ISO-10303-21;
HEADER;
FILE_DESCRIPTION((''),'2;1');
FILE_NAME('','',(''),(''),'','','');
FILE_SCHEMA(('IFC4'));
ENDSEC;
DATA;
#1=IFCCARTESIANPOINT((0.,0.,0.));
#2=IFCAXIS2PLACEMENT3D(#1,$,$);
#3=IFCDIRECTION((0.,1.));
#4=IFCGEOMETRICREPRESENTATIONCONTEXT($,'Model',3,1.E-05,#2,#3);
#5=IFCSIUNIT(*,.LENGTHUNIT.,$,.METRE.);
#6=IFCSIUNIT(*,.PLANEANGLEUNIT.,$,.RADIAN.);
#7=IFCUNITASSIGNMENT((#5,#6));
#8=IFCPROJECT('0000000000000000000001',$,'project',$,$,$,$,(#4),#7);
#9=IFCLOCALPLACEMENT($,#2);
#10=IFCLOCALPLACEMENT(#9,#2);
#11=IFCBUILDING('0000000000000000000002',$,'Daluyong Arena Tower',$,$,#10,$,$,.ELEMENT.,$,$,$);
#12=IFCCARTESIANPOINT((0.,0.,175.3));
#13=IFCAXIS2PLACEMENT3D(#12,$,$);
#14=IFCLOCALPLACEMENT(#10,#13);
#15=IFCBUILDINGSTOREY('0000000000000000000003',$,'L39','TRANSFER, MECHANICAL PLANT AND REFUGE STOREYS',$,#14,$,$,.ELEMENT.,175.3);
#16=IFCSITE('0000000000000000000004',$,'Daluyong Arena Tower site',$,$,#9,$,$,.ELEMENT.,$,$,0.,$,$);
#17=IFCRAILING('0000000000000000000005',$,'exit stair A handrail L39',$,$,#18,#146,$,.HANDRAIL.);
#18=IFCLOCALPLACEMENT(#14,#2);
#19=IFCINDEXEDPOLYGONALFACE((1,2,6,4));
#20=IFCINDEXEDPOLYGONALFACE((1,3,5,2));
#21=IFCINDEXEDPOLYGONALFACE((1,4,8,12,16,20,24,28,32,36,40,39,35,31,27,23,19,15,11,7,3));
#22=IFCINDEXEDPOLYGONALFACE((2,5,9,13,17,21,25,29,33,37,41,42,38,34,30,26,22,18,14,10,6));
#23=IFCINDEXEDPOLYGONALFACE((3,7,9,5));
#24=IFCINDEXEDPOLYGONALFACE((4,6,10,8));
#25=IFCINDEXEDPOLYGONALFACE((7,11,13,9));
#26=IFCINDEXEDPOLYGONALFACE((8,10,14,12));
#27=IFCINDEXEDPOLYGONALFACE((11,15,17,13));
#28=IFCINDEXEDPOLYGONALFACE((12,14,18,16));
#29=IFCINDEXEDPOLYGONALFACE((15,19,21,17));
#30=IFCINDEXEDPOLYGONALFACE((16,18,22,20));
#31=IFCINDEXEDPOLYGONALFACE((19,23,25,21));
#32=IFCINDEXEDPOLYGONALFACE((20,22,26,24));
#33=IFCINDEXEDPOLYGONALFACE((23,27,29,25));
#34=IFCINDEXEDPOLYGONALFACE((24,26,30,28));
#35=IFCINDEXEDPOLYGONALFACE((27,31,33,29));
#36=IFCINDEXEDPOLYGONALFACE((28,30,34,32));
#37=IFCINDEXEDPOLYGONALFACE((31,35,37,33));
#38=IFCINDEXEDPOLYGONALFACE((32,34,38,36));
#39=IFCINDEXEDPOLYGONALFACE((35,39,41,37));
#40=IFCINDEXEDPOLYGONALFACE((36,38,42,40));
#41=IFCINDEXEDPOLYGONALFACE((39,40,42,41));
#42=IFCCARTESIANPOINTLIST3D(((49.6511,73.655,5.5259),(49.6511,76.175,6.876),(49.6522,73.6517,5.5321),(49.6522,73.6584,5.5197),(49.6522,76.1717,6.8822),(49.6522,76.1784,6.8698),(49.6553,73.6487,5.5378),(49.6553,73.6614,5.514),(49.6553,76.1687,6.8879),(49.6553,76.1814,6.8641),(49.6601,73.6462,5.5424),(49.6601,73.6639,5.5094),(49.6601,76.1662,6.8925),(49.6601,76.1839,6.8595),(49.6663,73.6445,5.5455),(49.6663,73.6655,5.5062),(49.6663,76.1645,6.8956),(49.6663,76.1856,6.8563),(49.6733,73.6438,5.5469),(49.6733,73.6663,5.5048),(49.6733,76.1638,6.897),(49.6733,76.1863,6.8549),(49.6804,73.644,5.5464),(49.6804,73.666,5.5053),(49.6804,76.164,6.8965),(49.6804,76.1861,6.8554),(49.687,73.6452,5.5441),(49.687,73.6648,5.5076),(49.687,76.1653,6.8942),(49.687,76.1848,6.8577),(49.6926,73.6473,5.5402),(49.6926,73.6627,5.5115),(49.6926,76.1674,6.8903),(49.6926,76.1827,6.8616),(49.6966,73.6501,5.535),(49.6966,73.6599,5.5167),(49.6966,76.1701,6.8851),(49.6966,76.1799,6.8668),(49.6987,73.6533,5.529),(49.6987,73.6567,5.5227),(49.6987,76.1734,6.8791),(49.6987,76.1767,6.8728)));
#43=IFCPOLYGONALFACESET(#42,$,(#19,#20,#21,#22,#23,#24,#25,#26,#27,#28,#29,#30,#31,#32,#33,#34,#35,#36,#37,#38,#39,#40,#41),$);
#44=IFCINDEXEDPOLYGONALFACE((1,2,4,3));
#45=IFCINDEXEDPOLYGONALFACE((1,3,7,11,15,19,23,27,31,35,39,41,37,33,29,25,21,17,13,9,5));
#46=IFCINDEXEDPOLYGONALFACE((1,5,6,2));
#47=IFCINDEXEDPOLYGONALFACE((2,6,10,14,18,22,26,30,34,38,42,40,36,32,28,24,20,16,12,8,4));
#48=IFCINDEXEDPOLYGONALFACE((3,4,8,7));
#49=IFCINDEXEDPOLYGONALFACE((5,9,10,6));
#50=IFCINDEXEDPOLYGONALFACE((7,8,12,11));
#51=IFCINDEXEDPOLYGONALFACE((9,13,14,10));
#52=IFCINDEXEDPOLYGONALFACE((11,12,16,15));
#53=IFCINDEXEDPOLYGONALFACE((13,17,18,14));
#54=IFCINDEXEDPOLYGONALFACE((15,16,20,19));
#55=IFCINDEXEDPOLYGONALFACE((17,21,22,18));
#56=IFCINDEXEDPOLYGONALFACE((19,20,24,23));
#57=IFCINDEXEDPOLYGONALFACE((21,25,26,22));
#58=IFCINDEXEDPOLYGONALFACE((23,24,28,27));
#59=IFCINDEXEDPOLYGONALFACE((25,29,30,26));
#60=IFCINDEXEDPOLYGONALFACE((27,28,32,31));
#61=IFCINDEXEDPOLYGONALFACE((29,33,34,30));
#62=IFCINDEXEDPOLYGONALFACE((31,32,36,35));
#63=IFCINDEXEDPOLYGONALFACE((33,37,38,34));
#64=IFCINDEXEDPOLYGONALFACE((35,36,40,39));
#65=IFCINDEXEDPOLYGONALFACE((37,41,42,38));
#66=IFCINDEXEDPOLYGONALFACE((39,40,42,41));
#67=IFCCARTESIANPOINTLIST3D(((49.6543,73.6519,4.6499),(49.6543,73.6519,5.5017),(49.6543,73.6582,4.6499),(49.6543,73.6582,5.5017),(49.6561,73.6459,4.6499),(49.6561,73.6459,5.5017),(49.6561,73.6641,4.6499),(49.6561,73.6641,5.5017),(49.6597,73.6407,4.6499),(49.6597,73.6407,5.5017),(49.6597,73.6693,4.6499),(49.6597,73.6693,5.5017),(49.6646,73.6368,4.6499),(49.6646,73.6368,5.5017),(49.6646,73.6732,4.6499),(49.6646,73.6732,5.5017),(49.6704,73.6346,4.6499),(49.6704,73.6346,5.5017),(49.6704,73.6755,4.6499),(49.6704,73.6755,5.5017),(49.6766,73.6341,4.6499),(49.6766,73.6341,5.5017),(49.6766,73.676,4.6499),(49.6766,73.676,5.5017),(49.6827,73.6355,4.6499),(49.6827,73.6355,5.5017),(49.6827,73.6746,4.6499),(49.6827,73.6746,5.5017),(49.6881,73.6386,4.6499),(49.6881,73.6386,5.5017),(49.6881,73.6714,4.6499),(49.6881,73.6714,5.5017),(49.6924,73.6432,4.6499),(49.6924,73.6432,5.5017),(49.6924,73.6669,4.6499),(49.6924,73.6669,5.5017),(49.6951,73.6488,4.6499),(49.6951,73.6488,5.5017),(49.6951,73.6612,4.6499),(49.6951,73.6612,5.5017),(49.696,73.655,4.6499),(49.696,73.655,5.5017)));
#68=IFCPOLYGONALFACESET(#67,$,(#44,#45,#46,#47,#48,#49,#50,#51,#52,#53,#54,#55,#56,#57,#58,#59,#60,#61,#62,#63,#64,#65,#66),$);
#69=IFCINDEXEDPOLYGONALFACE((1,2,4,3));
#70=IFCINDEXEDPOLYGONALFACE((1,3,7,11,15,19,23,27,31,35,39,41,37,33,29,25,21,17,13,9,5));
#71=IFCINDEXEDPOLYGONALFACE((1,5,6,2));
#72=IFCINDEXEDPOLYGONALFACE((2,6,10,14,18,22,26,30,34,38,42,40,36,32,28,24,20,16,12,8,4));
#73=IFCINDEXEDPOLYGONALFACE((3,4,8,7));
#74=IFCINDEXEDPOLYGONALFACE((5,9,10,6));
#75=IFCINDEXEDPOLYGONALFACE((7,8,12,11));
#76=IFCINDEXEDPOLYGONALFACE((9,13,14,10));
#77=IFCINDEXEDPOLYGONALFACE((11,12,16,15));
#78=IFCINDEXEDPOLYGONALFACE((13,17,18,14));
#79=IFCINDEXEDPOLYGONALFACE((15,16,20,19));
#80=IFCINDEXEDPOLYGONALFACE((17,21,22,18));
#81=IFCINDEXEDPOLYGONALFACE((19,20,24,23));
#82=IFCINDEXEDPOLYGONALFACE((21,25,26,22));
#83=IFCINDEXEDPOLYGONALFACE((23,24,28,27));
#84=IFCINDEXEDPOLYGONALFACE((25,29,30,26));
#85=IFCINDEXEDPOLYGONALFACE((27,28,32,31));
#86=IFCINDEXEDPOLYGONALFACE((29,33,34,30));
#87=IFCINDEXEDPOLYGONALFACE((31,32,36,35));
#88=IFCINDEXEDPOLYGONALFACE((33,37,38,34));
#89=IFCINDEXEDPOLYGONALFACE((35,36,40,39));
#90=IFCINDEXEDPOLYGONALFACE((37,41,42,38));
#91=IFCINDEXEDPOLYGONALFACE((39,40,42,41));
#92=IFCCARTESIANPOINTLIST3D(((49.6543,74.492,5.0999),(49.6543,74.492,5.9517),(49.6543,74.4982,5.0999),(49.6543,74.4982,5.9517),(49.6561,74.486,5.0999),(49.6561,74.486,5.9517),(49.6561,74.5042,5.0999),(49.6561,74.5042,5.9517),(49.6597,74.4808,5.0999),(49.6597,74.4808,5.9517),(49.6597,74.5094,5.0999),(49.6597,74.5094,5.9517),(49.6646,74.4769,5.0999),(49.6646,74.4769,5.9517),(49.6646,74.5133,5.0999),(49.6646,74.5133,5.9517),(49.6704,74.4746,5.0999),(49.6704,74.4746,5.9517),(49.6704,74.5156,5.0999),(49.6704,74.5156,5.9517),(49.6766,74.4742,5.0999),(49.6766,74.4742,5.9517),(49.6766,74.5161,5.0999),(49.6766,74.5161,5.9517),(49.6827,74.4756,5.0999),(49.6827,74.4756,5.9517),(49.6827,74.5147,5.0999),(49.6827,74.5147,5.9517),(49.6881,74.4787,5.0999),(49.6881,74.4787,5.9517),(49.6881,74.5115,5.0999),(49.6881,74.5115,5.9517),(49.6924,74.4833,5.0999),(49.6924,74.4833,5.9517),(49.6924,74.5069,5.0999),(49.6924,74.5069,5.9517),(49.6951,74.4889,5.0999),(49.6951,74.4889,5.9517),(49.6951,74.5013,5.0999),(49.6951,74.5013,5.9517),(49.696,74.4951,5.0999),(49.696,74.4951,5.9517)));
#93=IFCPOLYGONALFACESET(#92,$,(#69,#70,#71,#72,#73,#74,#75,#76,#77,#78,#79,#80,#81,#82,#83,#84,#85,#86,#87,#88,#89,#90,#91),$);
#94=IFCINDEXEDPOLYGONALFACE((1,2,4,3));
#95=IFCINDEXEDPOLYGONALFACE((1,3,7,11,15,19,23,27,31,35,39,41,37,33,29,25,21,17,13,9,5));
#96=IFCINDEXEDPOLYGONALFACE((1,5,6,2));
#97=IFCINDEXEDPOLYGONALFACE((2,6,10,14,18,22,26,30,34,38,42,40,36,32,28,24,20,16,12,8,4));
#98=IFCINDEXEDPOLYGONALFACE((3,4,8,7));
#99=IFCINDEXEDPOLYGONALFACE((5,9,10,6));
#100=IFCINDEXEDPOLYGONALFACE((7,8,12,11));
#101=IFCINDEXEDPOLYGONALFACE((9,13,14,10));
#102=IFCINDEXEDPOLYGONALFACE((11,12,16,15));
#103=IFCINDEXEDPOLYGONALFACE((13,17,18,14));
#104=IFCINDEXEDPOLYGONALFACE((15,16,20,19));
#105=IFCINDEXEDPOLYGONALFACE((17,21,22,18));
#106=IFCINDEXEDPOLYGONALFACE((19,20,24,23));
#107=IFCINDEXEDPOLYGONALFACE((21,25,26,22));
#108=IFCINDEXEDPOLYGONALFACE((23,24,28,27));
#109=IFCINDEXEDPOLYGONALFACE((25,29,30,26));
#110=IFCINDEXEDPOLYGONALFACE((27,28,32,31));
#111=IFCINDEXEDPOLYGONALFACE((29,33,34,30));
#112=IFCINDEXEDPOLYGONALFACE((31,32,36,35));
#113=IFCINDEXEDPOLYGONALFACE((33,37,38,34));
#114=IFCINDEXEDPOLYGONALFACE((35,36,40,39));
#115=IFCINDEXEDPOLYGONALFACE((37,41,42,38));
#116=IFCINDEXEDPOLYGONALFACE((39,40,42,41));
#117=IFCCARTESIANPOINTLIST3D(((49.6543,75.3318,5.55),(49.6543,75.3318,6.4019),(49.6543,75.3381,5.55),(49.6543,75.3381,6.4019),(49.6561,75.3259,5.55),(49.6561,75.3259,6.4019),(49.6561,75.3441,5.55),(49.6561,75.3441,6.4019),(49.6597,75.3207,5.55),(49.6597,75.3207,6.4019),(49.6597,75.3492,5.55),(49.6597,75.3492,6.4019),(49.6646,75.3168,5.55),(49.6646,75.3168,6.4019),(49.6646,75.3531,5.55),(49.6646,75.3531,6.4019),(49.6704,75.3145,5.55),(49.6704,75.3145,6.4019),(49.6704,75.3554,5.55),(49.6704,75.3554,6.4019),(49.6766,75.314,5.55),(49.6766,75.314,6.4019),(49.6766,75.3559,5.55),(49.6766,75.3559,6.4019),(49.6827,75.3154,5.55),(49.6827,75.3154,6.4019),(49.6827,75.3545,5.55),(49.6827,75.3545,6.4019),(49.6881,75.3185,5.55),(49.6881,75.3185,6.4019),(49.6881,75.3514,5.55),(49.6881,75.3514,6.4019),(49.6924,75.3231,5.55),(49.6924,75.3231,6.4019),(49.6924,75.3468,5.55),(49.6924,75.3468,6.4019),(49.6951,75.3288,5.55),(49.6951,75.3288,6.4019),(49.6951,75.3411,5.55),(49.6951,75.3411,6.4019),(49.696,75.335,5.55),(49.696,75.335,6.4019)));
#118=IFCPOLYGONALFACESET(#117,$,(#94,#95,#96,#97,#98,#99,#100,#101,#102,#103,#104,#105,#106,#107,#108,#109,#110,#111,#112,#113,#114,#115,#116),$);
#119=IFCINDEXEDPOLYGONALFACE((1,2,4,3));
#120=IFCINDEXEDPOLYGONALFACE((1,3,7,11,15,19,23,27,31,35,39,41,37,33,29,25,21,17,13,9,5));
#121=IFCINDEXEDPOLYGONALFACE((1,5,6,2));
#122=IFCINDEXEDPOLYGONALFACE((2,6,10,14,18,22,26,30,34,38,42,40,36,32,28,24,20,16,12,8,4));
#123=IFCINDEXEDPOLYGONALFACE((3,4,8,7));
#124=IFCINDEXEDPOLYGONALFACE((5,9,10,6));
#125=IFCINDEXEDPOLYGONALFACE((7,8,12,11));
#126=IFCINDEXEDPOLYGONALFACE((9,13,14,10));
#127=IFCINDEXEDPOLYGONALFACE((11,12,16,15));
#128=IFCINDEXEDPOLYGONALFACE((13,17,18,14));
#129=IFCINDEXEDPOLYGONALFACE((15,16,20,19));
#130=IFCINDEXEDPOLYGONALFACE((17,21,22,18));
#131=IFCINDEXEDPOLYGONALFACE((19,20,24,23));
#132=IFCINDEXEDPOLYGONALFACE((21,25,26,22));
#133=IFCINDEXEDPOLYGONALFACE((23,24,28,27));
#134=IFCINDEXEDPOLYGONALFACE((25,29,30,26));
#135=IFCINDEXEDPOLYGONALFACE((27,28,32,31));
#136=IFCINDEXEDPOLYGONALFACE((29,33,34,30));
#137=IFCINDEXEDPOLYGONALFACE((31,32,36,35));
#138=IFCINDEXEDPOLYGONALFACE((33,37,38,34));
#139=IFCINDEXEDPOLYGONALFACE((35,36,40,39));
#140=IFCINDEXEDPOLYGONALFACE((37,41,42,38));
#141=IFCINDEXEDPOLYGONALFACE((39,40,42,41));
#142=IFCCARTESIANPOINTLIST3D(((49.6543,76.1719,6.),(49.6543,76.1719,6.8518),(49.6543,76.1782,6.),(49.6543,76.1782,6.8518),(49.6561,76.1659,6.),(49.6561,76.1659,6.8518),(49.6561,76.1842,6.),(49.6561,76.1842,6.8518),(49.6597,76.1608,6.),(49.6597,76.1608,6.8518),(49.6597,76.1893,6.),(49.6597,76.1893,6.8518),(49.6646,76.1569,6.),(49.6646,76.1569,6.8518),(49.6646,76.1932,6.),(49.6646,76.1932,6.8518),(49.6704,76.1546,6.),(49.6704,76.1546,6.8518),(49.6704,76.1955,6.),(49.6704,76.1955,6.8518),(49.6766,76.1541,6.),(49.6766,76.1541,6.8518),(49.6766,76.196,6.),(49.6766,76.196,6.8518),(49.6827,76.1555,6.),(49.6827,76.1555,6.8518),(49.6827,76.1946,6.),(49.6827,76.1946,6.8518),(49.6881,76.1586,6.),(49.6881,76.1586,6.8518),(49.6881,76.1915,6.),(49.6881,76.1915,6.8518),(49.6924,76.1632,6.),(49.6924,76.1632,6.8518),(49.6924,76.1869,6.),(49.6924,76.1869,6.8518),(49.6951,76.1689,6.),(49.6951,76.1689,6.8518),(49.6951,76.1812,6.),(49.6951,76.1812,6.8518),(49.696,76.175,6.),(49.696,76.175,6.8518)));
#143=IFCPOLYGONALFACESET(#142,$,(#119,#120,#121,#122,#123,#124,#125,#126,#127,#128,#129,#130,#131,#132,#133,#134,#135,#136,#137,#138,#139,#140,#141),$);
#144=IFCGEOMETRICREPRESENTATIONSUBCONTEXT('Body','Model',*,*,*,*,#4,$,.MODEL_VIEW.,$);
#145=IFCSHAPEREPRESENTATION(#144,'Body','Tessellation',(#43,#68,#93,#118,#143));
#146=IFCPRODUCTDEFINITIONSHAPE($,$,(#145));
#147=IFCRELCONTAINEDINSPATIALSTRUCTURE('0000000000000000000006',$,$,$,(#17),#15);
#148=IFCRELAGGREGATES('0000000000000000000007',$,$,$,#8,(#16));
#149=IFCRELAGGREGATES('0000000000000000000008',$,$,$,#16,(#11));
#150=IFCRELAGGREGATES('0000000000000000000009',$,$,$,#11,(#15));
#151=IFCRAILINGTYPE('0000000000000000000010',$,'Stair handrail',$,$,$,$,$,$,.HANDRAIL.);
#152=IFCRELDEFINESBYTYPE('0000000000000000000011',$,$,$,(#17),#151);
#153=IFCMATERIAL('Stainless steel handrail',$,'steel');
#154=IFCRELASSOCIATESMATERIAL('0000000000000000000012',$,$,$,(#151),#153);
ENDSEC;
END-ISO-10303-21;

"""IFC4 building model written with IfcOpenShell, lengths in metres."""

from ifc_helpers import new_model, si_unit, direction, frame, origin, origin_2d, place, context, subcontext, project, spatial, circle, extrude, material, type_object, element, save


model = new_model("IFC4")

# Units and contexts
model_context = context("Model", 3, precision=1e-05, world=origin(), true_north=direction((0.0, 1.0)))
body_context = subcontext(model_context, "Body", "Model", "MODEL_VIEW")
ifc_project = project(units=[si_unit("LENGTHUNIT", "METRE"), si_unit("PLANEANGLEUNIT", "RADIAN")], contexts=[model_context])

# Site, building, storey
site_placement = place(None, origin())
site = spatial("IfcSite", under=ifc_project, at=site_placement, Name="Daluyong Arena Tower site", CompositionType="ELEMENT", RefElevation=0.0)
building_placement = place(site_placement, origin())
building = spatial("IfcBuilding", under=site, at=building_placement, Name="Daluyong Arena Tower", CompositionType="ELEMENT")
storey_placement = place(building_placement, frame((0.0, 0.0, 175.3)))
storey = spatial("IfcBuildingStorey", under=building, at=storey_placement, Name="L39", Description="TRANSFER, MECHANICAL PLANT AND REFUGE STOREYS", CompositionType="ELEMENT", Elevation=175.3)

# Railing
ifc_material_1 = material(Name="Stainless steel handrail", Category="steel")
railing_type_1 = type_object("IfcRailingType", Name="Stair handrail", PredefinedType="HANDRAIL", material=ifc_material_1)
railing_1_placement = place(storey_placement, frame((49.675, 73.655, 4.6499)))
element("IfcRailing", 1, at=railing_1_placement, inside=storey, type_object=railing_type_1, Name="exit stair A handrail L39", PredefinedType="HANDRAIL", context=body_context, shape_type="SweptSolid", body=[
    extrude(circle(Radius=0.0239, at=origin_2d()), frame((0.0, 0.0, 0.876), z_axis=(0.0, 0.881467, 0.472245), x_axis=(-1.0, 0.0, 0.0)), (0.0, 0.0, 1.0), 2.8589),
    extrude(circle(Radius=0.021, at=origin_2d()), origin(), (0.0, 0.0, 1.0), 0.8518),
    extrude(circle(Radius=0.021, at=origin_2d()), frame((0.0, 0.8401, 0.45)), (0.0, 0.0, 1.0), 0.8518),
    extrude(circle(Radius=0.021, at=origin_2d()), frame((0.0, 1.6799, 0.9001)), (0.0, 0.0, 1.0), 0.8518),
    extrude(circle(Radius=0.021, at=origin_2d()), frame((0.0, 2.52, 1.3501)), (0.0, 0.0, 1.0), 0.8518),
])

save(model, "model.ifc")
